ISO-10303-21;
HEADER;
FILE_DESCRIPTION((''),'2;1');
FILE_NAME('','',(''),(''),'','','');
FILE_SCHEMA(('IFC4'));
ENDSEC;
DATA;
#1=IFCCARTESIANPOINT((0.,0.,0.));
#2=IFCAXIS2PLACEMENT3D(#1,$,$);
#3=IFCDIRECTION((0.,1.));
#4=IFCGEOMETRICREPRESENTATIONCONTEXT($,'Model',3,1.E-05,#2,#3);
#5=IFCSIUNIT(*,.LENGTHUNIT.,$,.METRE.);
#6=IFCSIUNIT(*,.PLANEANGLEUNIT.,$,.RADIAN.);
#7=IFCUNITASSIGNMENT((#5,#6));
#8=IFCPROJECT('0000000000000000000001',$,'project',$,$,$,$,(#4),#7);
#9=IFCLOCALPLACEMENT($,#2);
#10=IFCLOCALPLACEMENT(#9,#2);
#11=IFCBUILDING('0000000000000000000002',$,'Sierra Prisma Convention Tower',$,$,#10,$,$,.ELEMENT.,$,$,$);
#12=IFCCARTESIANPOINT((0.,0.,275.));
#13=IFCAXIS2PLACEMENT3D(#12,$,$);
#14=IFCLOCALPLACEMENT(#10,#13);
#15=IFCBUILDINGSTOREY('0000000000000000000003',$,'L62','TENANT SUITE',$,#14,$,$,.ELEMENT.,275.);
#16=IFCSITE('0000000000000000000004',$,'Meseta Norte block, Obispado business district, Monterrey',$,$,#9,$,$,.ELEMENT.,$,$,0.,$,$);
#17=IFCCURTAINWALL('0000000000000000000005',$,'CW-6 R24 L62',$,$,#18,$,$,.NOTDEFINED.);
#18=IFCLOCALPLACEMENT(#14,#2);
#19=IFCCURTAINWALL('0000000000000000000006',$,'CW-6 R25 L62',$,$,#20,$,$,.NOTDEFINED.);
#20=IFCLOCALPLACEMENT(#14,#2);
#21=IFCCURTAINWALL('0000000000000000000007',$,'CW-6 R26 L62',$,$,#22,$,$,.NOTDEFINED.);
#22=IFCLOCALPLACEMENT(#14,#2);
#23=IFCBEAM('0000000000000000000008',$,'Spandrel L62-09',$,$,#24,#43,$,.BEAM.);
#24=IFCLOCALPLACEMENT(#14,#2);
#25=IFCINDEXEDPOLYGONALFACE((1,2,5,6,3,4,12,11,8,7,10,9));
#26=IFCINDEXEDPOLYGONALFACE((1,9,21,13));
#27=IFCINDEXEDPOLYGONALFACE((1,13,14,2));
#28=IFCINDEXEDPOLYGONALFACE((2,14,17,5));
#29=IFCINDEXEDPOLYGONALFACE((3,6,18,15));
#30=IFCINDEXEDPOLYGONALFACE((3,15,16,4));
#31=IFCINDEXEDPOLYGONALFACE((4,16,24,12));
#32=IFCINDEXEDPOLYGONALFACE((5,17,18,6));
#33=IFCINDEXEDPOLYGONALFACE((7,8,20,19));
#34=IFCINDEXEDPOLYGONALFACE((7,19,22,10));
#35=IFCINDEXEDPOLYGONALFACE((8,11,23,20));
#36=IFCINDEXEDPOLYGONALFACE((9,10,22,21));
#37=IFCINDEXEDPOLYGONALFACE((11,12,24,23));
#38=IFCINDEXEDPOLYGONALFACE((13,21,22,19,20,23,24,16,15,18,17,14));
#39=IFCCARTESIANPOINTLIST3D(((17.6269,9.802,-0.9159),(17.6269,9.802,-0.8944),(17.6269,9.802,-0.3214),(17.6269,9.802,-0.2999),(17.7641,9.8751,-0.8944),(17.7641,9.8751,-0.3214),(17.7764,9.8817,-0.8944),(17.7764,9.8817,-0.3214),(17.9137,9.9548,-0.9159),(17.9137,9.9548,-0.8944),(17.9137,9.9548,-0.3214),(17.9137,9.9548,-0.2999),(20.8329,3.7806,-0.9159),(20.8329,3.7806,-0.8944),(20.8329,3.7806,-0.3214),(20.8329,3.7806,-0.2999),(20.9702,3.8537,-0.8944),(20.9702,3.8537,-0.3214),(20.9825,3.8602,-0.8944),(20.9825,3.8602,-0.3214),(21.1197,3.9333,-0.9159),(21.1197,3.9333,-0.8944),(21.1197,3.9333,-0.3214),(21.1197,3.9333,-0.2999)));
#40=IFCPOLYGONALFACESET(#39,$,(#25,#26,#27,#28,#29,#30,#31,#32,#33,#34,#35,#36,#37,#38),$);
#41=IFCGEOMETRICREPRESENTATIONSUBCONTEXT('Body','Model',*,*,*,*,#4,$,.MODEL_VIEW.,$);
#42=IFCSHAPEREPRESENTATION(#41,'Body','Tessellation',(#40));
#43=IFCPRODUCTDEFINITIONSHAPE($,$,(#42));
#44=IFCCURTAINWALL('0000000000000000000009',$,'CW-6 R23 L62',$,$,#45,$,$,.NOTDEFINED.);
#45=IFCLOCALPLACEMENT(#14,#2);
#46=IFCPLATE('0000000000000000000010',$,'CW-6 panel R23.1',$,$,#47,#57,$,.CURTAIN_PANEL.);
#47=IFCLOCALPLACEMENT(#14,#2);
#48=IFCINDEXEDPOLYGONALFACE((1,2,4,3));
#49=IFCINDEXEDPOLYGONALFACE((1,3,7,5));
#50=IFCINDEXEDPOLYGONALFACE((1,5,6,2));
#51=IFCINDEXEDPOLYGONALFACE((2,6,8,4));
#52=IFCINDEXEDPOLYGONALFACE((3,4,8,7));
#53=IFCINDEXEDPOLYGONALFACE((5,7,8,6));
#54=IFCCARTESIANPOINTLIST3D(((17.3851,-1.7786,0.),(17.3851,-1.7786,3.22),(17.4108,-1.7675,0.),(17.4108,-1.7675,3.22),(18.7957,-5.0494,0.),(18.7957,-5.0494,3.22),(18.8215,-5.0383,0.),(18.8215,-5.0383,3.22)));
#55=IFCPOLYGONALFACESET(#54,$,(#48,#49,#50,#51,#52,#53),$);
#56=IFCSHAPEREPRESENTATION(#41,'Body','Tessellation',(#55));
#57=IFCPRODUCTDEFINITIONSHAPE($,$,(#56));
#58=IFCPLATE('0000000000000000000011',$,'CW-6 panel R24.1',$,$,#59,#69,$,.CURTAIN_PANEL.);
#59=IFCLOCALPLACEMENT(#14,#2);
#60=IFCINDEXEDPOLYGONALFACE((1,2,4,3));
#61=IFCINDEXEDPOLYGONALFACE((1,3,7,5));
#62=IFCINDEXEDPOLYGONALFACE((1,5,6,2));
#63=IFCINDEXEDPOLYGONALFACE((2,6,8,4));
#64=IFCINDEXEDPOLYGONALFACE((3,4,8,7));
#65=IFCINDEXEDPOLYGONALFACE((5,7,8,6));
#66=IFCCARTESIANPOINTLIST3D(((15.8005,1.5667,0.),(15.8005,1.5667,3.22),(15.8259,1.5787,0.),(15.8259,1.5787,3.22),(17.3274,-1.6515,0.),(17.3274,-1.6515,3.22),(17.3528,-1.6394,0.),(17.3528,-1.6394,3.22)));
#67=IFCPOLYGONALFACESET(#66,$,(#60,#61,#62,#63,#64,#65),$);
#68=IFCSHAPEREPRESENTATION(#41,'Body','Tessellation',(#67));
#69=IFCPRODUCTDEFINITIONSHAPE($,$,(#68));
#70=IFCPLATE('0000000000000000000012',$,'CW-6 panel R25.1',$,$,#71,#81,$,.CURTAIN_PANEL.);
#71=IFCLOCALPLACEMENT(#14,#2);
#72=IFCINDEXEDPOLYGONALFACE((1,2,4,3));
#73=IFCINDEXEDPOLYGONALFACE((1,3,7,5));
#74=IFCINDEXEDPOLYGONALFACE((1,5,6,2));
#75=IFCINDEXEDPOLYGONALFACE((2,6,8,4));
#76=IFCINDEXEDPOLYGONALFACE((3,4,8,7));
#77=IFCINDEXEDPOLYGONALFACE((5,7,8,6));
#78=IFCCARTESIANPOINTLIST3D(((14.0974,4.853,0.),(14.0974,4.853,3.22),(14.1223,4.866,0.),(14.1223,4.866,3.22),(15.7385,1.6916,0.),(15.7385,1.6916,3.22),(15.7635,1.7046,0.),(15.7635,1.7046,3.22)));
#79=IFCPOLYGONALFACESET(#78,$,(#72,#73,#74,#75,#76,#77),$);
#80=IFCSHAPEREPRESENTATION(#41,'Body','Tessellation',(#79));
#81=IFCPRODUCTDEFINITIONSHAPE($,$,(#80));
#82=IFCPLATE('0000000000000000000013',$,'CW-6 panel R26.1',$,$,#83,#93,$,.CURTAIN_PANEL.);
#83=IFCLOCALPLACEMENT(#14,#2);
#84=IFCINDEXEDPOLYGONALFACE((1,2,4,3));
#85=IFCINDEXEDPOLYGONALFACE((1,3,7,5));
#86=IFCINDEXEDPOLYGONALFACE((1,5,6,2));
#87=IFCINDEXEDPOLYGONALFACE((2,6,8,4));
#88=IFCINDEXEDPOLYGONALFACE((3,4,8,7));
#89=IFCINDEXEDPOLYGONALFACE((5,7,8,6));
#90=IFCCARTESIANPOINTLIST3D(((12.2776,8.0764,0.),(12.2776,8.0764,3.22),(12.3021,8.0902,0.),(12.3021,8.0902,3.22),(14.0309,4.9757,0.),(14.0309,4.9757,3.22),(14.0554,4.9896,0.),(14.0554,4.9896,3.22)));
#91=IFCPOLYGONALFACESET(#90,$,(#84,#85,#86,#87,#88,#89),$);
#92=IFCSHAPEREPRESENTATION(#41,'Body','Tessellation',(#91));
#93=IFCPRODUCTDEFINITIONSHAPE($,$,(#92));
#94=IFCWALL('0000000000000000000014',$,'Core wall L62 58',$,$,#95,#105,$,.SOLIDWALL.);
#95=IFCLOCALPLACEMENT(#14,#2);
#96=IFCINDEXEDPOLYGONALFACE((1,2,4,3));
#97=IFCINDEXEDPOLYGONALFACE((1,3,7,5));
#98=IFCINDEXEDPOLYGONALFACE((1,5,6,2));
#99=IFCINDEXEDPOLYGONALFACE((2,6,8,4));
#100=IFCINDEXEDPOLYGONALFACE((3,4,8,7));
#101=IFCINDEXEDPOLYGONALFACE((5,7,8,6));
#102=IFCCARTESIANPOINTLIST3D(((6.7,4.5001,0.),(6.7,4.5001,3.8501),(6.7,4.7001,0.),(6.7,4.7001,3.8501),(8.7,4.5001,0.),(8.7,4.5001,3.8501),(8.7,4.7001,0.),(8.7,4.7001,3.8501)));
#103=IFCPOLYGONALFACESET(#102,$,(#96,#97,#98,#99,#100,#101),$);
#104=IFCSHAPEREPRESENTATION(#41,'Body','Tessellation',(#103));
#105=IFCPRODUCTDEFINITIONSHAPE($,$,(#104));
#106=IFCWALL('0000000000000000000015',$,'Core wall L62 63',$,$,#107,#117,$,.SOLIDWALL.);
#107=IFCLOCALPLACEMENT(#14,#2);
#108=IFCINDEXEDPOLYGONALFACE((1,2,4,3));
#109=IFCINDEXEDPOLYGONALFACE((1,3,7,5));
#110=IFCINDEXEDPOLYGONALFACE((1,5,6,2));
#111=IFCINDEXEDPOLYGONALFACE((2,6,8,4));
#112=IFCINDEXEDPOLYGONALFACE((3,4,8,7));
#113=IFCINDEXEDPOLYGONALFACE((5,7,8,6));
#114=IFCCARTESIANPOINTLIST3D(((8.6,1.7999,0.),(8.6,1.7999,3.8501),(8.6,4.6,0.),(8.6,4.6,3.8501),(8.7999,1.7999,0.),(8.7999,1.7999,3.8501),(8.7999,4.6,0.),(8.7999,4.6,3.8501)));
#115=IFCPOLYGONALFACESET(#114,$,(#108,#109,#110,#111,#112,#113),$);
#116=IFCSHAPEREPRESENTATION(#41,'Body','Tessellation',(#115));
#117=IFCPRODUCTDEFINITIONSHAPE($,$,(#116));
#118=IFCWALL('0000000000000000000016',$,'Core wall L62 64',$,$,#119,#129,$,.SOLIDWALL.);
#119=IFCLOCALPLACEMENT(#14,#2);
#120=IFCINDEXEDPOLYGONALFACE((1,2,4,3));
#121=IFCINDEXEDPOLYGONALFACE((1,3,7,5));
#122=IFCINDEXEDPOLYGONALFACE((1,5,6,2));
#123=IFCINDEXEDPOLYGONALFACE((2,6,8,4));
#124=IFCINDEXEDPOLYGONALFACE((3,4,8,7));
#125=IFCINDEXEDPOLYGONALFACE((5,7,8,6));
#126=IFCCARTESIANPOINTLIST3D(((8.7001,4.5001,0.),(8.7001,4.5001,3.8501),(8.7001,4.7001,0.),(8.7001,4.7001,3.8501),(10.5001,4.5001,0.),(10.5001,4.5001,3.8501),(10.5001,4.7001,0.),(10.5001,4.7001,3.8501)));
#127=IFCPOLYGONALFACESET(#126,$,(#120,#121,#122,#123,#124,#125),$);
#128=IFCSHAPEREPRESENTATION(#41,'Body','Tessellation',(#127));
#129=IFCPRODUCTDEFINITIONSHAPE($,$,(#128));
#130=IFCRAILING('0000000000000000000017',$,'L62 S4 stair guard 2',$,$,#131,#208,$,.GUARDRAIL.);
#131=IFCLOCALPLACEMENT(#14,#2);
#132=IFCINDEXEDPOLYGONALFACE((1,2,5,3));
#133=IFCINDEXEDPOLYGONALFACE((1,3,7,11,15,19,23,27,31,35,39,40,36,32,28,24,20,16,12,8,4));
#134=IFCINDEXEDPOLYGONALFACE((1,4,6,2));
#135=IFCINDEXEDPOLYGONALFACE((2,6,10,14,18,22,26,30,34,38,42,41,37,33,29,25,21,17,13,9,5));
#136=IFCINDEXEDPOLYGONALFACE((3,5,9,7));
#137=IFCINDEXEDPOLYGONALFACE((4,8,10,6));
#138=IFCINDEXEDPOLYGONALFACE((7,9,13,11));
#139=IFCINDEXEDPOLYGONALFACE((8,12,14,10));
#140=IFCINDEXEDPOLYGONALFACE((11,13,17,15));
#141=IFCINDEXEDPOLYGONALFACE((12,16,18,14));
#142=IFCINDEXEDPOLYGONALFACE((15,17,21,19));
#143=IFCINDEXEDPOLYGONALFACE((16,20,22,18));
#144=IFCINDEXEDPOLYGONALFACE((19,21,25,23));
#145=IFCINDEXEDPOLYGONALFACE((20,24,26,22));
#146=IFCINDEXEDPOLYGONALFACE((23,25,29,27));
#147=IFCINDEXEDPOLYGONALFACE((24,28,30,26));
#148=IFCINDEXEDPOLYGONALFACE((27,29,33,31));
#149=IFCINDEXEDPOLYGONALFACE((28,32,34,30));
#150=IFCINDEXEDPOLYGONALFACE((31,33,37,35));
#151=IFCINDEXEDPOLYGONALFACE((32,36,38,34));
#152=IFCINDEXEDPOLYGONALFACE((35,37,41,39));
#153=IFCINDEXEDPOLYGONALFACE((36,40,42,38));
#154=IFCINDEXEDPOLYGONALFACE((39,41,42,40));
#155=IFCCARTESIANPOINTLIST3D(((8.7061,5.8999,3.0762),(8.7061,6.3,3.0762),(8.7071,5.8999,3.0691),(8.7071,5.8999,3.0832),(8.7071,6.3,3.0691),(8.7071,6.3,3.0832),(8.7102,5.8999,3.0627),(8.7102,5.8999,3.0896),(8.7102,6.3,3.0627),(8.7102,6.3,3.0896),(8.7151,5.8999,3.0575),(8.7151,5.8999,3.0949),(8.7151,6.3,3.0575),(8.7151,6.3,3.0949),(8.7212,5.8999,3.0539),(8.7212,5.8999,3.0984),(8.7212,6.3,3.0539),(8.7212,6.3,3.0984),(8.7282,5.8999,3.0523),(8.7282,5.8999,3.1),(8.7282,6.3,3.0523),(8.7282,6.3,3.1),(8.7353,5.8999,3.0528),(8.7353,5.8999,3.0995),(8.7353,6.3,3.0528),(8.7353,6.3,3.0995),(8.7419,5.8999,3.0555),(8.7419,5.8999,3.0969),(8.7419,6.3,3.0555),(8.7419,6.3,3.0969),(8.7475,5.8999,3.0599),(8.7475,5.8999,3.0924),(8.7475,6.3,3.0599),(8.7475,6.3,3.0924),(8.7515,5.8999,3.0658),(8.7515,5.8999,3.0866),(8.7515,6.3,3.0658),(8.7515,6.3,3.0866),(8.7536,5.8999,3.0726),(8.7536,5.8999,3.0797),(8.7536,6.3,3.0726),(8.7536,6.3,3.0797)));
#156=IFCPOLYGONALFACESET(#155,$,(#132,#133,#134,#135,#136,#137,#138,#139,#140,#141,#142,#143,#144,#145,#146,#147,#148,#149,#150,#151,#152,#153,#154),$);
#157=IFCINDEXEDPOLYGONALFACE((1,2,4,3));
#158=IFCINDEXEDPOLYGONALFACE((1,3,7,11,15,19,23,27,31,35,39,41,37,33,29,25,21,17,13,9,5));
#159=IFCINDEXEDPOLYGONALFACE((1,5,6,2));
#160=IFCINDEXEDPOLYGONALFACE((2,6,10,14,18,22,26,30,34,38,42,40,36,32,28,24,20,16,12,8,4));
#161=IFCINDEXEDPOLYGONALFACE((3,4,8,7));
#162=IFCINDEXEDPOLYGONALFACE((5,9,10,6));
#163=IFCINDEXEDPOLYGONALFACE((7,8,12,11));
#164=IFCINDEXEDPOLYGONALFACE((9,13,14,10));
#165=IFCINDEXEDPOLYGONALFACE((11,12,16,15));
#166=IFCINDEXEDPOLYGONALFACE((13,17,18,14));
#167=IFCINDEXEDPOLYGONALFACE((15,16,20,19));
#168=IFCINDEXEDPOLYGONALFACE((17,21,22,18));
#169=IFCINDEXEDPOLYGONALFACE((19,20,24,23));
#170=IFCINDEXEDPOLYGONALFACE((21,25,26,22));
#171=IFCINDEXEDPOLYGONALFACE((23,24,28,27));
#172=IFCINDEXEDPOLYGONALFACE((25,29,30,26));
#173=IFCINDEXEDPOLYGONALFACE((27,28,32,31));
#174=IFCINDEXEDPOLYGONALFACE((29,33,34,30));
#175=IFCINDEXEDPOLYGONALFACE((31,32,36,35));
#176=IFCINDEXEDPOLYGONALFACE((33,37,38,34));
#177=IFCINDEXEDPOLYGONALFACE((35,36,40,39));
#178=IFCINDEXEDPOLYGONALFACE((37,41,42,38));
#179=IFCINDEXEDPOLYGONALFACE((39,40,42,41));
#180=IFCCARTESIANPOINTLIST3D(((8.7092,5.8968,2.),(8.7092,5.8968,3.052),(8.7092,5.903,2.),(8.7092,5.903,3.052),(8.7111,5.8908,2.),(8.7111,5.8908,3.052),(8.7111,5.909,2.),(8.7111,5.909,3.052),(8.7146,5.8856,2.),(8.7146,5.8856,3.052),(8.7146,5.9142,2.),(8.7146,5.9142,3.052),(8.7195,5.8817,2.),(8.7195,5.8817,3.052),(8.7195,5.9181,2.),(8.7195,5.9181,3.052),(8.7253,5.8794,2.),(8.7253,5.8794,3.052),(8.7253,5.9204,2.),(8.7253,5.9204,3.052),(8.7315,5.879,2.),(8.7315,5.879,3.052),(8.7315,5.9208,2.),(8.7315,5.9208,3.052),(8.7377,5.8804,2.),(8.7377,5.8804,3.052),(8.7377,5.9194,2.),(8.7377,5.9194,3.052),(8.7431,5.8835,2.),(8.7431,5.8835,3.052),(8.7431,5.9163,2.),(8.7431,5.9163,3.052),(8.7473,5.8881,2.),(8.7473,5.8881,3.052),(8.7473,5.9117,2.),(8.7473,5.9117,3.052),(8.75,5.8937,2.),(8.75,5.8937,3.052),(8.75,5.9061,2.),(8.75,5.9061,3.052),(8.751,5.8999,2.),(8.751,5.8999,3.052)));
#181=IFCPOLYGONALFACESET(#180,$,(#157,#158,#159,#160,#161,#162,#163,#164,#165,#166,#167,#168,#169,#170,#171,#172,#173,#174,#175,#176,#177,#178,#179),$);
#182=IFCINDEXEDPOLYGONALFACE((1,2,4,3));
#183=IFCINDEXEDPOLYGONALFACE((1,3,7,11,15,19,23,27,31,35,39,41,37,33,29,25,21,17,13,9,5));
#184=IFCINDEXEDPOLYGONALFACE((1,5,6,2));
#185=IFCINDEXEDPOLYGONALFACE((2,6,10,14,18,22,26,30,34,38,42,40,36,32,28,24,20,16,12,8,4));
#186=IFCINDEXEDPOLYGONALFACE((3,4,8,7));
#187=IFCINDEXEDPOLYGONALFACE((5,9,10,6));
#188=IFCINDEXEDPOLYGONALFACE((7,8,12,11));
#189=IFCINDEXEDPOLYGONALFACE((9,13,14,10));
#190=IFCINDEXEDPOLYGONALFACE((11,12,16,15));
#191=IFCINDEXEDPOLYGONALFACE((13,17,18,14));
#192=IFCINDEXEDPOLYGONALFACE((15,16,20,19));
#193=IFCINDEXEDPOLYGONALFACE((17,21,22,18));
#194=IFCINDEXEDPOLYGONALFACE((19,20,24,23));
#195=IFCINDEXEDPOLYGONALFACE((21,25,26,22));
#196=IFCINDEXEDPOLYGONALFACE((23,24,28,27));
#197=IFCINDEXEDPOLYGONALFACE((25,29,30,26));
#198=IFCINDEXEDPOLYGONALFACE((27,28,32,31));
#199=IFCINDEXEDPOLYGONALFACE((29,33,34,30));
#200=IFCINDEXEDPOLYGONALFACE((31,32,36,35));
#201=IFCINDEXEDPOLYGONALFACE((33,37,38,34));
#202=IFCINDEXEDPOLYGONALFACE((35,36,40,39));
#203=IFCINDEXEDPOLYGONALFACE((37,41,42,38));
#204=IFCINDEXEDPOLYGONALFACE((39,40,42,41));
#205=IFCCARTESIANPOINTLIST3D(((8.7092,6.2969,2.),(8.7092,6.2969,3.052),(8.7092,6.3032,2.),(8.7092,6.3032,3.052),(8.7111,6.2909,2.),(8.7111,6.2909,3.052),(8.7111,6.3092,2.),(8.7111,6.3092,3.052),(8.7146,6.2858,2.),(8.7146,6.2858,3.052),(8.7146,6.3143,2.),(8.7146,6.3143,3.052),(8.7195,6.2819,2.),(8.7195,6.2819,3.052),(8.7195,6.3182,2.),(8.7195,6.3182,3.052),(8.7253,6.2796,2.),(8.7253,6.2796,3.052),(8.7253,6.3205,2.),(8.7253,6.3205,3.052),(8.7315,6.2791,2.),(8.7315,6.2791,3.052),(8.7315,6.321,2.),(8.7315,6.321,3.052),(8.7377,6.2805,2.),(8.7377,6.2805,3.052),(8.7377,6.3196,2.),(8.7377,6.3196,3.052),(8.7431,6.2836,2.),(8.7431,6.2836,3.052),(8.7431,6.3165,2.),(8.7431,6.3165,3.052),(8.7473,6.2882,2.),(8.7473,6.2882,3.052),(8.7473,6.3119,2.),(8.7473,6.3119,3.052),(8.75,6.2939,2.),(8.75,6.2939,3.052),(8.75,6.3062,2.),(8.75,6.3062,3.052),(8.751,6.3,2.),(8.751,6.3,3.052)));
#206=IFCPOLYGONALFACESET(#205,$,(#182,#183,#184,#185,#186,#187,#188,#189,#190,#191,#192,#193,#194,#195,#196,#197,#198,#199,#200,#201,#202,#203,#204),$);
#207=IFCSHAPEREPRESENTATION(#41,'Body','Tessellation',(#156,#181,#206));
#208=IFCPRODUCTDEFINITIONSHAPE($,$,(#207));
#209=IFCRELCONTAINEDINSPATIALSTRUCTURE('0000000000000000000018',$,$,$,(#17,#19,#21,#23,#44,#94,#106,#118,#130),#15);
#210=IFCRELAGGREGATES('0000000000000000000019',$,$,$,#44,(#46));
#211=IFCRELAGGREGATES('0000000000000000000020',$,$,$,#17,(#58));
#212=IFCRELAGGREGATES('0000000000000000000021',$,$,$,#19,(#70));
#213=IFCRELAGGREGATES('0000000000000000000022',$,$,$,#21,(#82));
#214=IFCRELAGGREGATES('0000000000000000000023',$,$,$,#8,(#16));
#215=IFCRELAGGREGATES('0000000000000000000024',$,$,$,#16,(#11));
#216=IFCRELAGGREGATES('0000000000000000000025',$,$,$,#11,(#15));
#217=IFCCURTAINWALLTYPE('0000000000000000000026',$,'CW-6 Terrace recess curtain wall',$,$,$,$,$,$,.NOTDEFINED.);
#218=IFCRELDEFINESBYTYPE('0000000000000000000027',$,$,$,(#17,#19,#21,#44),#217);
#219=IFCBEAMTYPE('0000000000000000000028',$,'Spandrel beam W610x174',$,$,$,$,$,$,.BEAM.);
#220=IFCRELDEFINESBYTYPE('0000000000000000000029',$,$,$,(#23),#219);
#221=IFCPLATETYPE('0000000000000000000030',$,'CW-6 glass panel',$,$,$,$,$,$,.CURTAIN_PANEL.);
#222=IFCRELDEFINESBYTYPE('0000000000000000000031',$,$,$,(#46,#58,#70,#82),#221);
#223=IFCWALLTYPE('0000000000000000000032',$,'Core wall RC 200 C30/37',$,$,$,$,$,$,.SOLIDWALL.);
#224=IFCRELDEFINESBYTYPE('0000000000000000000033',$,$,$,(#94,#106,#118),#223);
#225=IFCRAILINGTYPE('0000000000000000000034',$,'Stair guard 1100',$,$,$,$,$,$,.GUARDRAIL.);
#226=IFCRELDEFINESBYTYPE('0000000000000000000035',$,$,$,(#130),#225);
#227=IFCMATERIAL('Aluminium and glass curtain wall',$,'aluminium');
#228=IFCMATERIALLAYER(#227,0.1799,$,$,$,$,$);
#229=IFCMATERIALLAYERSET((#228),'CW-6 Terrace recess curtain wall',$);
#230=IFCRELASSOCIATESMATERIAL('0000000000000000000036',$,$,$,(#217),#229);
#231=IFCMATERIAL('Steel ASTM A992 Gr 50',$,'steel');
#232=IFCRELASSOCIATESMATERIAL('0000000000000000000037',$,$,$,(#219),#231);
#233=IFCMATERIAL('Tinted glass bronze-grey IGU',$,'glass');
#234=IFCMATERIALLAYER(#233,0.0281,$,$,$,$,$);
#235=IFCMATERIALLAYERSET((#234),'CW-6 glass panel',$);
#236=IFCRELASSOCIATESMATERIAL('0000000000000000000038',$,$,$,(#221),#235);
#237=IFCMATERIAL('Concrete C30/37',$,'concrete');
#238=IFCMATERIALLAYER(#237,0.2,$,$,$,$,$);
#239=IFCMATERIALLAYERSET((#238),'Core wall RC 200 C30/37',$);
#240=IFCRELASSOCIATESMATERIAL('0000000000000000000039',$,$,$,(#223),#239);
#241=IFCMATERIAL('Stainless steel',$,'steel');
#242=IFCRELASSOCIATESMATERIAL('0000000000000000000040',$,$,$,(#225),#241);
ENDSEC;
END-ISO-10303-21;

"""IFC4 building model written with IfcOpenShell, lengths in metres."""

from ifc_helpers import new_model, si_unit, direction, frame, frame_2d, origin, origin_2d, place, context, subcontext, project, spatial, rectangle, circle, i_section, extrude, material, layer, layer_set, material_profile, profile_set, type_object, element, aggregate, save


model = new_model("IFC4")

# Units and contexts
model_context = context("Model", 3, precision=1e-05, world=origin(), true_north=direction((0.0, 1.0)))
body_context = subcontext(model_context, "Body", "Model", "MODEL_VIEW")
ifc_project = project(units=[si_unit("LENGTHUNIT", "METRE"), si_unit("PLANEANGLEUNIT", "RADIAN")], contexts=[model_context])

# Site, building, storey
site_placement = place(None, origin())
site = spatial("IfcSite", under=ifc_project, at=site_placement, Name="Meseta Norte block, Obispado business district, Monterrey", CompositionType="ELEMENT", RefElevation=0.0)
building_placement = place(site_placement, origin())
building = spatial("IfcBuilding", under=site, at=building_placement, Name="Sierra Prisma Convention Tower", CompositionType="ELEMENT")
storey_placement = place(building_placement, frame((0.0, 0.0, 275.0)))
storey = spatial("IfcBuildingStorey", under=building, at=storey_placement, Name="L62", Description="TENANT SUITE", CompositionType="ELEMENT", Elevation=275.0)

# Curtain walls
ifc_material_1 = material(Name="Aluminium and glass curtain wall", Category="aluminium")
ifc_layer_1 = layer(ifc_material_1, 0.1799)
ifc_layer_set_1 = layer_set([ifc_layer_1], Name="CW-6 Terrace recess curtain wall")
curtain_wall_type = type_object("IfcCurtainWallType", Name="CW-6 Terrace recess curtain wall", PredefinedType="NOTDEFINED", material=ifc_layer_set_1)
curtain_wall_1_placement = place(storey_placement, origin())
curtain_wall_1 = element("IfcCurtainWall", 1, at=curtain_wall_1_placement, inside=storey, type_object=curtain_wall_type, Name="CW-6 R24 L62", PredefinedType="NOTDEFINED")
curtain_wall_2_placement = place(storey_placement, origin())
curtain_wall_2 = element("IfcCurtainWall", 2, at=curtain_wall_2_placement, inside=storey, type_object=curtain_wall_type, Name="CW-6 R25 L62", PredefinedType="NOTDEFINED")
curtain_wall_3_placement = place(storey_placement, origin())
curtain_wall_3 = element("IfcCurtainWall", 3, at=curtain_wall_3_placement, inside=storey, type_object=curtain_wall_type, Name="CW-6 R26 L62", PredefinedType="NOTDEFINED")

# Beam
ifc_material_2 = material(Name="Steel ASTM A992 Gr 50", Category="steel")
ifc_material_profile_1 = material_profile(ifc_material_2, i_section(OverallWidth=0.325, OverallDepth=0.616, WebThickness=0.0139, FlangeThickness=0.0215, at=origin_2d()), Name="W610x174")
ifc_profile_set_1 = profile_set([ifc_material_profile_1], Name="Steel ASTM A992 Gr 50")
beam_type_1 = type_object("IfcBeamType", Name="Spandrel beam W610x174", PredefinedType="BEAM", material=ifc_profile_set_1)
beam_1_placement = place(storey_placement, frame((20.9763, 3.8569, -0.6079), z_axis=(-0.469971, 0.882682, 0.0), x_axis=(-0.882682, -0.469971, 0.0)))
element("IfcBeam", 4, at=beam_1_placement, inside=storey, type_object=beam_type_1, Name="Spandrel L62-09", PredefinedType="BEAM", context=body_context, shape_type="SweptSolid", body=[
    extrude(i_section(OverallWidth=0.325, OverallDepth=0.616, WebThickness=0.0139, FlangeThickness=0.0215, at=origin_2d()), origin(), (0.0, 0.0, 1.0), 6.8218),
])

# Curtain wall, plate
curtain_wall_4_placement = place(storey_placement, origin())
curtain_wall_4 = element("IfcCurtainWall", 5, at=curtain_wall_4_placement, inside=storey, type_object=curtain_wall_type, Name="CW-6 R23 L62", PredefinedType="NOTDEFINED")
ifc_material_3 = material(Name="Tinted glass bronze-grey IGU", Category="glass")
ifc_layer_2 = layer(ifc_material_3, 0.0281)
ifc_layer_set_2 = layer_set([ifc_layer_2], Name="CW-6 glass panel")
plate_type = type_object("IfcPlateType", Name="CW-6 glass panel", PredefinedType="CURTAIN_PANEL", material=ifc_layer_set_2)
plate_1_placement = place(storey_placement, frame((18.1033, -3.4084, 0.0), z_axis=(0.0, 0.0, 1.0), x_axis=(-0.396027, 0.918239, 0.0)))
plate_1 = element("IfcPlate", 6, at=plate_1_placement, type_object=plate_type, Name="CW-6 panel R23.1", PredefinedType="CURTAIN_PANEL", context=body_context, shape_type="SweptSolid", body=[
    extrude(rectangle(XDim=3.562, YDim=0.0281, at=origin_2d()), origin(), (0.0, 0.0, 1.0), 3.22),
])
aggregate(curtain_wall_4, [plate_1])

# Plates
plate_2_placement = place(storey_placement, frame((16.5767, -0.0364, 0.0), z_axis=(0.0, 0.0, 1.0), x_axis=(-0.428657, 0.903468, 0.0)))
plate_2 = element("IfcPlate", 7, at=plate_2_placement, type_object=plate_type, Name="CW-6 panel R24.1", PredefinedType="CURTAIN_PANEL", context=body_context, shape_type="SweptSolid", body=[
    extrude(rectangle(XDim=3.562, YDim=0.0281, at=origin_2d()), origin(), (0.0, 0.0, 1.0), 3.22),
])
aggregate(curtain_wall_1, [plate_2])
plate_3_placement = place(storey_placement, frame((14.9304, 3.2788, 0.0), z_axis=(0.0, 0.0, 1.0), x_axis=(-0.460736, 0.887537, 0.0)))
plate_3 = element("IfcPlate", 8, at=plate_3_placement, type_object=plate_type, Name="CW-6 panel R25.1", PredefinedType="CURTAIN_PANEL", context=body_context, shape_type="SweptSolid", body=[
    extrude(rectangle(XDim=3.562, YDim=0.0281, at=origin_2d()), origin(), (0.0, 0.0, 1.0), 3.22),
])
aggregate(curtain_wall_2, [plate_3])
plate_4_placement = place(storey_placement, frame((13.1665, 6.533, 0.0), z_axis=(0.0, 0.0, 1.0), x_axis=(-0.492225, 0.870468, 0.0)))
plate_4 = element("IfcPlate", 9, at=plate_4_placement, type_object=plate_type, Name="CW-6 panel R26.1", PredefinedType="CURTAIN_PANEL", context=body_context, shape_type="SweptSolid", body=[
    extrude(rectangle(XDim=3.562, YDim=0.0281, at=origin_2d()), origin(), (0.0, 0.0, 1.0), 3.22),
])
aggregate(curtain_wall_3, [plate_4])

# Wall
ifc_material_4 = material(Name="Concrete C30/37", Category="concrete")
ifc_layer_3 = layer(ifc_material_4, 0.2)
ifc_layer_set_3 = layer_set([ifc_layer_3], Name="Core wall RC 200 C30/37")
wall_type_1 = type_object("IfcWallType", Name="Core wall RC 200 C30/37", PredefinedType="SOLIDWALL", material=ifc_layer_set_3)
wall_1_placement = place(storey_placement, frame((8.7, 4.6001, 0.0), z_axis=(0.0, 0.0, 1.0), x_axis=(-1.0, 0.0, 0.0)))
element("IfcWall", 10, at=wall_1_placement, inside=storey, type_object=wall_type_1, Name="Core wall L62 58", PredefinedType="SOLIDWALL", context=body_context, shape_type="SweptSolid", body=[
    extrude(rectangle(XDim=2.0, YDim=0.2, at=frame_2d((1.0, 0.0))), origin(), (0.0, 0.0, 1.0), 3.8501),
])

# Walls
wall_2_placement = place(storey_placement, frame((8.7, 1.8, 0.0), z_axis=(0.0, 0.0, 1.0), x_axis=(0.0, 1.0, 0.0)))
element("IfcWall", 11, at=wall_2_placement, inside=storey, type_object=wall_type_1, Name="Core wall L62 63", PredefinedType="SOLIDWALL", context=body_context, shape_type="SweptSolid", body=[
    extrude(rectangle(XDim=2.8, YDim=0.2, at=frame_2d((1.3999, 0.0))), origin(), (0.0, 0.0, 1.0), 3.8501),
])
wall_3_placement = place(storey_placement, frame((10.5, 4.6001, 0.0), z_axis=(0.0, 0.0, 1.0), x_axis=(-1.0, 0.0, 0.0)))
element("IfcWall", 12, at=wall_3_placement, inside=storey, type_object=wall_type_1, Name="Core wall L62 64", PredefinedType="SOLIDWALL", context=body_context, shape_type="SweptSolid", body=[
    extrude(rectangle(XDim=1.8, YDim=0.2, at=frame_2d((0.8999, 0.0))), origin(), (0.0, 0.0, 1.0), 3.8501),
])

# Railing
ifc_material_5 = material(Name="Stainless steel", Category="steel")
railing_type = type_object("IfcRailingType", Name="Stair guard 1100", PredefinedType="GUARDRAIL", material=ifc_material_5)
railing_placement = place(storey_placement, frame((8.73, 5.8999, 2.0)))
element("IfcRailing", 13, at=railing_placement, inside=storey, type_object=railing_type, Name="L62 S4 stair guard 2", PredefinedType="GUARDRAIL", context=body_context, shape_type="SweptSolid", body=[
    extrude(circle(Radius=0.0239, at=origin_2d()), frame((0.0, 0.0, 1.0762), z_axis=(0.0, 1.0, 0.0), x_axis=(-1.0, 0.0, 0.0)), (0.0, 0.0, 1.0), 0.4001),
    extrude(circle(Radius=0.021, at=origin_2d()), origin(), (0.0, 0.0, 1.0), 1.052),
    extrude(circle(Radius=0.021, at=origin_2d()), frame((0.0, 0.4001, 0.0)), (0.0, 0.0, 1.0), 1.052),
])

save(model, "model.ifc")
